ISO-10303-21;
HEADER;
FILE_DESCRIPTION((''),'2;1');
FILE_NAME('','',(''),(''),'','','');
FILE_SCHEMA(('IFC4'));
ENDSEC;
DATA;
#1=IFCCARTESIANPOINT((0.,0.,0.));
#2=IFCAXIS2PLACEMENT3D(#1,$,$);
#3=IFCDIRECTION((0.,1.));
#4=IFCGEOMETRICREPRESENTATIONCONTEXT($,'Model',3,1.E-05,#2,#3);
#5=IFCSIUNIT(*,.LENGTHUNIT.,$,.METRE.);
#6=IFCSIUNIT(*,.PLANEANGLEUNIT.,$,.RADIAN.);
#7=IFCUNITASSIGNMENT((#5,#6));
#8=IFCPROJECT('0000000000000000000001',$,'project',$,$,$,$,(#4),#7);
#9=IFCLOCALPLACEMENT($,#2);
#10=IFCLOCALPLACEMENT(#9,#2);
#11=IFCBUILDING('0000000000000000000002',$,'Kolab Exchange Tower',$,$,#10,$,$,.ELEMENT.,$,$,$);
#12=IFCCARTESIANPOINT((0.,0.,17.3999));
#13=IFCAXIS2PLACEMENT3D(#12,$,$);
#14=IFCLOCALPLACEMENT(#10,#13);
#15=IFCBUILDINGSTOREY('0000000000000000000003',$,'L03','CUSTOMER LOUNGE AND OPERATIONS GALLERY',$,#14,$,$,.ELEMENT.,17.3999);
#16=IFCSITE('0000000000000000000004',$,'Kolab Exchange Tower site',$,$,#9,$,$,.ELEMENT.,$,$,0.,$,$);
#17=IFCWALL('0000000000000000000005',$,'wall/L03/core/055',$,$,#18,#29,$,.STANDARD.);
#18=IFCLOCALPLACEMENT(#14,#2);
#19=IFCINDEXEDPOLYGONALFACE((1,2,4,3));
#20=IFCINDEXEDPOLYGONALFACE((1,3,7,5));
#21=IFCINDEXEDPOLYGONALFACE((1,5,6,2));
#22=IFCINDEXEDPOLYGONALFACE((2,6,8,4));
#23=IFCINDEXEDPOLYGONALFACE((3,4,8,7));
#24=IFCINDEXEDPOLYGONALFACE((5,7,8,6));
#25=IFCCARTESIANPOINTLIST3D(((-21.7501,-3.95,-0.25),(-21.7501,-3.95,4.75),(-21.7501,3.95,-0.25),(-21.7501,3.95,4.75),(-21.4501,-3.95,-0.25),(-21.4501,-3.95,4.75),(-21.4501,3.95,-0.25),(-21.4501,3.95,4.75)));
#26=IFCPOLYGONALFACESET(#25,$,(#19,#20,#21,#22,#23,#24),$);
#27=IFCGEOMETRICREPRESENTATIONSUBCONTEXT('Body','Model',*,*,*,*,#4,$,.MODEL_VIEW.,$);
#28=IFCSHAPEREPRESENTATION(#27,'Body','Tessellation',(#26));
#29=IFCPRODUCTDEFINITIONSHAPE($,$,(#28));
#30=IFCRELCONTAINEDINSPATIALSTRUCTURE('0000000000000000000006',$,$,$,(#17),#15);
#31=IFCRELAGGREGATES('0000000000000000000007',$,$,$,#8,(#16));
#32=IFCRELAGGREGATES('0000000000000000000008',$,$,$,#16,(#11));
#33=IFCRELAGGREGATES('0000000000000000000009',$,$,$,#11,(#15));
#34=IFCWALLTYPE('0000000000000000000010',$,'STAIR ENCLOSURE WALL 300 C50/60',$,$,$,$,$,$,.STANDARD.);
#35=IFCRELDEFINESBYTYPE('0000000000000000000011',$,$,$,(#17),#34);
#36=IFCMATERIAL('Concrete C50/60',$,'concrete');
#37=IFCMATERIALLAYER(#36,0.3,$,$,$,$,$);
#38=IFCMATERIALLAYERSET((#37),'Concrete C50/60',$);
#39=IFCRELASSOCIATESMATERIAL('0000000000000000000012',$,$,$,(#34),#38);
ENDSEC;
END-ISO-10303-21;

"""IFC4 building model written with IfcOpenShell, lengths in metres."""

from ifc_helpers import new_model, si_unit, direction, frame, frame_2d, origin, place, context, subcontext, project, spatial, rectangle, extrude, material, layer, layer_set, type_object, element, save


model = new_model("IFC4")

# Units and contexts
model_context = context("Model", 3, precision=1e-05, world=origin(), true_north=direction((0.0, 1.0)))
body_context = subcontext(model_context, "Body", "Model", "MODEL_VIEW")
ifc_project = project(units=[si_unit("LENGTHUNIT", "METRE"), si_unit("PLANEANGLEUNIT", "RADIAN")], contexts=[model_context])

# Site, building, storey
site_placement = place(None, origin())
site = spatial("IfcSite", under=ifc_project, at=site_placement, Name="Kolab Exchange Tower site", CompositionType="ELEMENT", RefElevation=0.0)
building_placement = place(site_placement, origin())
building = spatial("IfcBuilding", under=site, at=building_placement, Name="Kolab Exchange Tower", CompositionType="ELEMENT")
storey_placement = place(building_placement, frame((0.0, 0.0, 17.3999)))
storey = spatial("IfcBuildingStorey", under=building, at=storey_placement, Name="L03", Description="CUSTOMER LOUNGE AND OPERATIONS GALLERY", CompositionType="ELEMENT", Elevation=17.3999)

# Wall
ifc_material_1 = material(Name="Concrete C50/60", Category="concrete")
ifc_layer_1 = layer(ifc_material_1, 0.3)
ifc_layer_set_1 = layer_set([ifc_layer_1], Name="Concrete C50/60")
wall_type_1 = type_object("IfcWallType", Name="STAIR ENCLOSURE WALL 300 C50/60", PredefinedType="STANDARD", material=ifc_layer_set_1)
wall_1_placement = place(storey_placement, frame((-21.6001, -3.95, -0.25), z_axis=(0.0, 0.0, 1.0), x_axis=(0.0, 1.0, 0.0)))
element("IfcWall", 1, at=wall_1_placement, inside=storey, type_object=wall_type_1, Name="wall/L03/core/055", PredefinedType="STANDARD", context=body_context, shape_type="SweptSolid", body=[
    extrude(rectangle(XDim=7.8999, YDim=0.3, at=frame_2d((3.95, 0.0))), origin(), (0.0, 0.0, 1.0), 5.0),
])

save(model, "model.ifc")
